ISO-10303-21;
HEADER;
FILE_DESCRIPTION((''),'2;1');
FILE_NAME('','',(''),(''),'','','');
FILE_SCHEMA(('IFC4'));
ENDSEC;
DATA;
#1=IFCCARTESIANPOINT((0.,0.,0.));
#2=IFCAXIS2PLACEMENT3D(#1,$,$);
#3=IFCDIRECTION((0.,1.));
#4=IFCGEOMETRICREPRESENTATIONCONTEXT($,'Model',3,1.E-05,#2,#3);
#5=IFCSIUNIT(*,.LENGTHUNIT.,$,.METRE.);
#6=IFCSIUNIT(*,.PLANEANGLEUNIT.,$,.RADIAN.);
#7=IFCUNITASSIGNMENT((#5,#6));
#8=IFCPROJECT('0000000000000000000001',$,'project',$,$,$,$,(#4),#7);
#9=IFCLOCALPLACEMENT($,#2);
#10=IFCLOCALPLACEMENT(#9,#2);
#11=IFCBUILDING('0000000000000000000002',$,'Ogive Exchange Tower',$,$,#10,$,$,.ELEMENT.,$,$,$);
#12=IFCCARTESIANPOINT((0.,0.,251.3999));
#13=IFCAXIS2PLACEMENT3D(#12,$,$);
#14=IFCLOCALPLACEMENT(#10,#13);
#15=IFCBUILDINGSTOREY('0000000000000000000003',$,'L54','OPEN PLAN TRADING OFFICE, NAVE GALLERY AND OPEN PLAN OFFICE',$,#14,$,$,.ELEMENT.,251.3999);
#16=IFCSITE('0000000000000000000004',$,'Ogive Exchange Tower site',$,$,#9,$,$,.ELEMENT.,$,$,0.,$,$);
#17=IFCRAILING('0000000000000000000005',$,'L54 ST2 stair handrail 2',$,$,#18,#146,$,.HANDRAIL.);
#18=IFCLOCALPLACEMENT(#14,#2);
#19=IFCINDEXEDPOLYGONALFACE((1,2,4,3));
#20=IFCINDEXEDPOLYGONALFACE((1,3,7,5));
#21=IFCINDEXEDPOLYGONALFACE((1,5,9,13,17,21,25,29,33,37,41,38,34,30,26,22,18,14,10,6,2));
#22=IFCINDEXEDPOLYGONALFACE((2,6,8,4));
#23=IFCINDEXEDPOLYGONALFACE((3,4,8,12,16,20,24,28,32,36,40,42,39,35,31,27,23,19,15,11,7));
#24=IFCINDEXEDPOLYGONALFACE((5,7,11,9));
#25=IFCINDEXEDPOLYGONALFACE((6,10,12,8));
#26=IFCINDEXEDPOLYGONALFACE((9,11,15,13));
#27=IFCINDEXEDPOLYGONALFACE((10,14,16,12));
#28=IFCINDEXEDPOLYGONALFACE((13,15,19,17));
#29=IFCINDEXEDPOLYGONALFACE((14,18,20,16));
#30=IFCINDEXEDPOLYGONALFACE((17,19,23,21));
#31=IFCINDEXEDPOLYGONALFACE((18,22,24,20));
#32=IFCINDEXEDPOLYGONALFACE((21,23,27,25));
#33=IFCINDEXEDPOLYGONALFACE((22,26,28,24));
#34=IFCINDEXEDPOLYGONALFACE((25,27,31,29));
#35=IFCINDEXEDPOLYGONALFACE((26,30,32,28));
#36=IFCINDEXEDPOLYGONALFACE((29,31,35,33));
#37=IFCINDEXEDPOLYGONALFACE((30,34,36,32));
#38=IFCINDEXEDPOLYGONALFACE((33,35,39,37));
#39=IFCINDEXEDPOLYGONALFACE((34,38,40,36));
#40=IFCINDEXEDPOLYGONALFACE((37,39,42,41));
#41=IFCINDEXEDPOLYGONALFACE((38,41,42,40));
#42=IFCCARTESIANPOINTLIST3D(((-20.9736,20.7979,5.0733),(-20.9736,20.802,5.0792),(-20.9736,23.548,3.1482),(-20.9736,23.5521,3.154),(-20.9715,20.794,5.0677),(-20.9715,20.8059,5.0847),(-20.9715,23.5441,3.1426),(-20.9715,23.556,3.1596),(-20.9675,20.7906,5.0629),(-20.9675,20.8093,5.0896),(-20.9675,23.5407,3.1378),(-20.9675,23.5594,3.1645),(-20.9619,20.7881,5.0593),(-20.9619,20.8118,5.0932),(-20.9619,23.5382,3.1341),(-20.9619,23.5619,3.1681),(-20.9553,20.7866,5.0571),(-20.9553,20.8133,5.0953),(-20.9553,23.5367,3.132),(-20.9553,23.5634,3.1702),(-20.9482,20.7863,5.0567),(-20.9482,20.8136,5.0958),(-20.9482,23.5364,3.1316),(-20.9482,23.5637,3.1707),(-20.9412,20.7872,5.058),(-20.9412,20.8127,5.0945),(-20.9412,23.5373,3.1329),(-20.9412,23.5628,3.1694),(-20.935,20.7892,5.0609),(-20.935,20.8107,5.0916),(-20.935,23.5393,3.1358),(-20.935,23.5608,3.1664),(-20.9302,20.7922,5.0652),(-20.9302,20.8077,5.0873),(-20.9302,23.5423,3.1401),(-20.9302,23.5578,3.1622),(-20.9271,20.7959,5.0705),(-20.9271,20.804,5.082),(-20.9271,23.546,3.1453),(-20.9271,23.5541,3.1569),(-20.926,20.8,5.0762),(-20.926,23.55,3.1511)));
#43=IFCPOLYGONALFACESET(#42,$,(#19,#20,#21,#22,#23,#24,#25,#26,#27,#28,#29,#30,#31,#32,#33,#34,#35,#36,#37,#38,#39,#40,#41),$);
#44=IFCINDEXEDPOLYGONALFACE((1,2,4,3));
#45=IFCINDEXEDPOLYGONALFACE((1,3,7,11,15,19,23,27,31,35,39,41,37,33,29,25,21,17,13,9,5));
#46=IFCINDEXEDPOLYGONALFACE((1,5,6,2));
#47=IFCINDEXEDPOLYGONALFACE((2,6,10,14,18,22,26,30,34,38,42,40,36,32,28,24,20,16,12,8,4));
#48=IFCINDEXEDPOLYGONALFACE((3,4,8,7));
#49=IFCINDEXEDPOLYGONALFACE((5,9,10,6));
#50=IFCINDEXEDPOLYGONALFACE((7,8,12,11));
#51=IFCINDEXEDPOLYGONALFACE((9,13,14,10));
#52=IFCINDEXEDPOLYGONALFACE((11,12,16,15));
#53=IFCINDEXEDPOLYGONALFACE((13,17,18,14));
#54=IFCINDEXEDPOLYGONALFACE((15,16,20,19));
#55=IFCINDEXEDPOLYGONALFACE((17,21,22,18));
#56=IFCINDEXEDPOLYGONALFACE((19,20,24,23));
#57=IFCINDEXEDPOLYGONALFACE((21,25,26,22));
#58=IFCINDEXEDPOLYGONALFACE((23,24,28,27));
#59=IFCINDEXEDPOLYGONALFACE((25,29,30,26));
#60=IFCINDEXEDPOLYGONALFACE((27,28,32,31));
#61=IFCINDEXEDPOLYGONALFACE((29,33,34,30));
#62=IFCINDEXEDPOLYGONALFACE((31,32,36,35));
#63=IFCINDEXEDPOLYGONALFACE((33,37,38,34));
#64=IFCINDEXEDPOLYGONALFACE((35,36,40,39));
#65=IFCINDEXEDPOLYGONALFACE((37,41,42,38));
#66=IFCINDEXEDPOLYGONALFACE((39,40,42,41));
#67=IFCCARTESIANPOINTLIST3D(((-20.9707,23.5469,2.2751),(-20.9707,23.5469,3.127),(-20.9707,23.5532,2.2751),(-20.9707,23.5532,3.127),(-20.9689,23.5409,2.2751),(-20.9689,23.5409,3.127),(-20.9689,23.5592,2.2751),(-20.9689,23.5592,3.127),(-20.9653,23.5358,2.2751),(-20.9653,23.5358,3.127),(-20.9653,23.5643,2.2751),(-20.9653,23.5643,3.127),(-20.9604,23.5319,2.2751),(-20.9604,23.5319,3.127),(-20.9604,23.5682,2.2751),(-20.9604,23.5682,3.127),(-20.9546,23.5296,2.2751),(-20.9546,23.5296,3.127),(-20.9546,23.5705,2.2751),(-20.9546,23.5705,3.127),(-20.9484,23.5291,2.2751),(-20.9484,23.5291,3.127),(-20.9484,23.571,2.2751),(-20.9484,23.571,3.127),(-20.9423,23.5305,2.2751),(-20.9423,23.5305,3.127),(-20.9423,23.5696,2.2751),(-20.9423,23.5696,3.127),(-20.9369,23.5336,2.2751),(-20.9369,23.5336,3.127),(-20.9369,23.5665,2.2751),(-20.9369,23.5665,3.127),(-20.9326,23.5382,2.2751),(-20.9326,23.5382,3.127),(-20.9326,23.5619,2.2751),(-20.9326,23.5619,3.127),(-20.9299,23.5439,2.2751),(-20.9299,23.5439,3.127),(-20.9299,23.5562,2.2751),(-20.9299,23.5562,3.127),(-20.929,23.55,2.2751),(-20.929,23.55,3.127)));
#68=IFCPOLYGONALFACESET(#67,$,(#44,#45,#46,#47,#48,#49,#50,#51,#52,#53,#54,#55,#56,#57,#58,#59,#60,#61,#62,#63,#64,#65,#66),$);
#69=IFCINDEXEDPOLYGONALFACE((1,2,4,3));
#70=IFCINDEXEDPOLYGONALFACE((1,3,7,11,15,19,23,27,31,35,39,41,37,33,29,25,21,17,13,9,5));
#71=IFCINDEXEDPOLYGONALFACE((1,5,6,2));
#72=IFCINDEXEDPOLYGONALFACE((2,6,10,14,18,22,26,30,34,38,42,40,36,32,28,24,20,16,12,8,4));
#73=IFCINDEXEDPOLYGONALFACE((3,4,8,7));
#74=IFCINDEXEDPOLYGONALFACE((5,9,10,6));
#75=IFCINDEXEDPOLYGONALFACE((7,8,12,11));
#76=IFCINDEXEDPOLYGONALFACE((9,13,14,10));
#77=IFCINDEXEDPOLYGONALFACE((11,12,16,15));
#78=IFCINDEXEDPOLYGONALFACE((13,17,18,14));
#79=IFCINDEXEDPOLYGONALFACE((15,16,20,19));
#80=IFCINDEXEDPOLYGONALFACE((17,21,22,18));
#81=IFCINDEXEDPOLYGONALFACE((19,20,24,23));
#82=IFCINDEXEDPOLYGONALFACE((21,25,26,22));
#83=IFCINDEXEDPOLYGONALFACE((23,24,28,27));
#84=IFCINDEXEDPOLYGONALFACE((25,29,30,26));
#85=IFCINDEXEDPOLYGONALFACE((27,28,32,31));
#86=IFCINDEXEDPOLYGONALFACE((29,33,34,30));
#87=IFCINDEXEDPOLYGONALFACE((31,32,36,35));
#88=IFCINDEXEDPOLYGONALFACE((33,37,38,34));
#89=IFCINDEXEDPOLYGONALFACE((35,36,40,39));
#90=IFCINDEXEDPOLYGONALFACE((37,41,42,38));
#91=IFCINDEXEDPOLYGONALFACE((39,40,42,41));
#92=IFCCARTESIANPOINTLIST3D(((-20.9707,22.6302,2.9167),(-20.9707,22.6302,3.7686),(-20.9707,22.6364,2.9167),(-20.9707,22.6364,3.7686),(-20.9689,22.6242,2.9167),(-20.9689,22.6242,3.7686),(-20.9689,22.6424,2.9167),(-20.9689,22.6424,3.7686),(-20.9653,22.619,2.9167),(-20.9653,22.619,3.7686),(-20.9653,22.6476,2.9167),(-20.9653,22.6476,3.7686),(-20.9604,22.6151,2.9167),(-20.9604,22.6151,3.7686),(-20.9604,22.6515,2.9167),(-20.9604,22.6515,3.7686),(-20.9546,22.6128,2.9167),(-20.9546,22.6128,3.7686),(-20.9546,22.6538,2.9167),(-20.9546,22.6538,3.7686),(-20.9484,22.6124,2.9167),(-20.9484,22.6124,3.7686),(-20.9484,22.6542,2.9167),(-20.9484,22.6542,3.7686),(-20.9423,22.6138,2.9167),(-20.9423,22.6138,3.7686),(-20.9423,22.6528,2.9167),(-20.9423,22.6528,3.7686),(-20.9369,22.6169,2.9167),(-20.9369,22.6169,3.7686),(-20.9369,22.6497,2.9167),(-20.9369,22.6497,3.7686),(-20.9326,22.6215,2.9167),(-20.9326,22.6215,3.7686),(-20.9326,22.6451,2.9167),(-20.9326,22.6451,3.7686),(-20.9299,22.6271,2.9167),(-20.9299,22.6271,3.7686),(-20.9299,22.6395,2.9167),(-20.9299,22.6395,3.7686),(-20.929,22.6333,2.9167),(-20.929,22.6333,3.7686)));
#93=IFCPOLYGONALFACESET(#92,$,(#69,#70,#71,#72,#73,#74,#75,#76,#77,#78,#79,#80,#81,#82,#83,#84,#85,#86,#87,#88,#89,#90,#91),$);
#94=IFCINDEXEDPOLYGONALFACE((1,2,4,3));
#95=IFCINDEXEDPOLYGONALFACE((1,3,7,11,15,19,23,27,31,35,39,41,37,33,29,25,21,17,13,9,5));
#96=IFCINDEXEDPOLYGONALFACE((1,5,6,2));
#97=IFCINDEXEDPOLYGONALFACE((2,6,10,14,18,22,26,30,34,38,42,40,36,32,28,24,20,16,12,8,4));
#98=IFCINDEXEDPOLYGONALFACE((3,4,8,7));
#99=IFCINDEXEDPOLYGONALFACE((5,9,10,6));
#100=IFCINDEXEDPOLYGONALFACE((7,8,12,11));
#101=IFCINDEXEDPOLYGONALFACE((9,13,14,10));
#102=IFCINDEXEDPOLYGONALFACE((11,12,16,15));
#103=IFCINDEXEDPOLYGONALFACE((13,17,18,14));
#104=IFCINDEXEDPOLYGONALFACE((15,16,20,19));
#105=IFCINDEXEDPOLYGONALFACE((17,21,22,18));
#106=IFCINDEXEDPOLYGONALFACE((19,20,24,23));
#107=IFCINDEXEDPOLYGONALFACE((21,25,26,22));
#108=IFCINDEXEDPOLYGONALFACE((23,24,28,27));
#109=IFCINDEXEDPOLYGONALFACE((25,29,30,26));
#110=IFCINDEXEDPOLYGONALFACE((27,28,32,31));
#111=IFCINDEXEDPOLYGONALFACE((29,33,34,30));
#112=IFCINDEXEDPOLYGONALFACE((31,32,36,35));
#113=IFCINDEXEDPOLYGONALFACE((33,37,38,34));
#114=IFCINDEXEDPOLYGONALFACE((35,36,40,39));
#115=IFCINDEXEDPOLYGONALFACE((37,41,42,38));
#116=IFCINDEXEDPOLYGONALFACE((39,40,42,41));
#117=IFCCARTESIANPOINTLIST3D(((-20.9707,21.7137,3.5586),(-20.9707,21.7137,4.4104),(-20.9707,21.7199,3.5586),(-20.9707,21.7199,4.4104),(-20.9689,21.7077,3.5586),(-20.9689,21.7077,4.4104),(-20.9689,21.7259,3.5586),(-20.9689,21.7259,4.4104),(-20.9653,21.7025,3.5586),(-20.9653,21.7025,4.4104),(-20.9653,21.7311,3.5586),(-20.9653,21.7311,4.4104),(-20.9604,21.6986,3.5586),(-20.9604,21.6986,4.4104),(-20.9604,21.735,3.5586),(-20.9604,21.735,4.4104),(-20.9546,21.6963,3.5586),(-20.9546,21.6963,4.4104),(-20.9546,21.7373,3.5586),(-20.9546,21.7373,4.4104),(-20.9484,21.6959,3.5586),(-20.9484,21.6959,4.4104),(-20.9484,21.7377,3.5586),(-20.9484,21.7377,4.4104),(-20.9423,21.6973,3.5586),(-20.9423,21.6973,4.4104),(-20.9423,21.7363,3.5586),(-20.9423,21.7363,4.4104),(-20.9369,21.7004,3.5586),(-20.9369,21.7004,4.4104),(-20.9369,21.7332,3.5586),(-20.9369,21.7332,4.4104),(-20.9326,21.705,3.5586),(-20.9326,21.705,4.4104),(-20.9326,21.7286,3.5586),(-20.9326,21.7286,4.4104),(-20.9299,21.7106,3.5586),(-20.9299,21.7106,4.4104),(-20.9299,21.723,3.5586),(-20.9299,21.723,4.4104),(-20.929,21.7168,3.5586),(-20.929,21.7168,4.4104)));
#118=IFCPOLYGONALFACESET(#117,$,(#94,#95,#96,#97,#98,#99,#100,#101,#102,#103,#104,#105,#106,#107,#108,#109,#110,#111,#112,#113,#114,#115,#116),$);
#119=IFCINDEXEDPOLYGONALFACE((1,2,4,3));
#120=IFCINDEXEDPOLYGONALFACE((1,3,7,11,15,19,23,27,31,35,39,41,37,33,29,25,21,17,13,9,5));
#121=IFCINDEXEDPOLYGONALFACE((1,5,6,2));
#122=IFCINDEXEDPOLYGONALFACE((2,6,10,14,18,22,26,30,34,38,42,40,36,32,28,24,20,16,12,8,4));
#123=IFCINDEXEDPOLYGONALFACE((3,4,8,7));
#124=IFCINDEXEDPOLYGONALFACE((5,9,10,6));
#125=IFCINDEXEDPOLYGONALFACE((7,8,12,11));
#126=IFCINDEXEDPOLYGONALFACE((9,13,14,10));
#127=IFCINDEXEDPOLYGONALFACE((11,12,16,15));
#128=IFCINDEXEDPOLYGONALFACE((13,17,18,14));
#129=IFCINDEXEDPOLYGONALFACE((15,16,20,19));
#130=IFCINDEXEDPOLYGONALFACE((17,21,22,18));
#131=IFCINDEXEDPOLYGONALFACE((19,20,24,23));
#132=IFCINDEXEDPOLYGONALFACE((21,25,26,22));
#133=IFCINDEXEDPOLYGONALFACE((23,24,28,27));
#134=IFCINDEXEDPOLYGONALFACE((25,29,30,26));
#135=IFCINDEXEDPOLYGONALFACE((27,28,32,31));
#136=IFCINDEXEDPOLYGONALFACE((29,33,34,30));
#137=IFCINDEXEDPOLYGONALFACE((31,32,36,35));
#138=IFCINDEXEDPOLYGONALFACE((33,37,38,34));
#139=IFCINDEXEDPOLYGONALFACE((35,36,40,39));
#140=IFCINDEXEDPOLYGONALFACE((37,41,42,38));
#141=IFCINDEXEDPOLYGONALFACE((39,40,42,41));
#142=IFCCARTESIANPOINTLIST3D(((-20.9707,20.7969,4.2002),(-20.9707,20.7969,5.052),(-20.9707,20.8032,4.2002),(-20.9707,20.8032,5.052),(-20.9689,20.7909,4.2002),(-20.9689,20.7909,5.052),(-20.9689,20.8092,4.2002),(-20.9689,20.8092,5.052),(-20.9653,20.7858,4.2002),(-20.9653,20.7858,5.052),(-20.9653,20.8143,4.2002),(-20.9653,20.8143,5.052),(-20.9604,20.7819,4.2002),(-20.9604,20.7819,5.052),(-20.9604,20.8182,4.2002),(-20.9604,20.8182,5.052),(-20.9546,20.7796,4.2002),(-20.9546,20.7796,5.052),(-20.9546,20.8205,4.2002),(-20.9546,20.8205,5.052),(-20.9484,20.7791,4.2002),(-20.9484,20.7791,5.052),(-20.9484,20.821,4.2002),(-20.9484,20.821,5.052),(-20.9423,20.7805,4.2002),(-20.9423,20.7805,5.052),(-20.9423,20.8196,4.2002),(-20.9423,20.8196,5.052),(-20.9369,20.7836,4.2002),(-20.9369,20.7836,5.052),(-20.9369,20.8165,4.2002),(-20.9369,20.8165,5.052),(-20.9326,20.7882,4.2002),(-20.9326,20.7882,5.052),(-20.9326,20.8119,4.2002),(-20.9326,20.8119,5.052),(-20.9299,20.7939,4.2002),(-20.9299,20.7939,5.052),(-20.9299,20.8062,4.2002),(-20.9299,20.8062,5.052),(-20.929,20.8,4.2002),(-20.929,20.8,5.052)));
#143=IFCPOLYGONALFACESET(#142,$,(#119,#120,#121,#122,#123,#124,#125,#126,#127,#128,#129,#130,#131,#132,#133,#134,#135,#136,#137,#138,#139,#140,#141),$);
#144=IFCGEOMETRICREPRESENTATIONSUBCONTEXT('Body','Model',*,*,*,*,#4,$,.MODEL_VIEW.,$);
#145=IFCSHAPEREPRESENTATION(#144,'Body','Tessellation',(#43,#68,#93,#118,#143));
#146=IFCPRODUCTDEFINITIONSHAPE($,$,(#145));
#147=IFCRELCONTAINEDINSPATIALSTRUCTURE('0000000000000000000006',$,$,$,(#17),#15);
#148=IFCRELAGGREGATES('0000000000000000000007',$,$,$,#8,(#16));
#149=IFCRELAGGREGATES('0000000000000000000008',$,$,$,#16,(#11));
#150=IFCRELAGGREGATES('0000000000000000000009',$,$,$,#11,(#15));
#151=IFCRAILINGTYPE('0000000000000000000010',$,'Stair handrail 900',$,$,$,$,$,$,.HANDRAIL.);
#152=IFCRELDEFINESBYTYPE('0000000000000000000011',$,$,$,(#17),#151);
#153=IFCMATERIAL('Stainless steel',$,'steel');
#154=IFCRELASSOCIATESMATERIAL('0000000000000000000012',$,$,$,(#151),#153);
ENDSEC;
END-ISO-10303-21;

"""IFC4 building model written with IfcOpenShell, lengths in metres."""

from ifc_helpers import new_model, si_unit, direction, frame, origin, origin_2d, place, context, subcontext, project, spatial, circle, extrude, material, type_object, element, save


model = new_model("IFC4")

# Units and contexts
model_context = context("Model", 3, precision=1e-05, world=origin(), true_north=direction((0.0, 1.0)))
body_context = subcontext(model_context, "Body", "Model", "MODEL_VIEW")
ifc_project = project(units=[si_unit("LENGTHUNIT", "METRE"), si_unit("PLANEANGLEUNIT", "RADIAN")], contexts=[model_context])

# Site, building, storey
site_placement = place(None, origin())
site = spatial("IfcSite", under=ifc_project, at=site_placement, Name="Ogive Exchange Tower site", CompositionType="ELEMENT", RefElevation=0.0)
building_placement = place(site_placement, origin())
building = spatial("IfcBuilding", under=site, at=building_placement, Name="Ogive Exchange Tower", CompositionType="ELEMENT")
storey_placement = place(building_placement, frame((0.0, 0.0, 251.3999)))
storey = spatial("IfcBuildingStorey", under=building, at=storey_placement, Name="L54", Description="OPEN PLAN TRADING OFFICE, NAVE GALLERY AND OPEN PLAN OFFICE", CompositionType="ELEMENT", Elevation=251.3999)

# Railing
ifc_material_1 = material(Name="Stainless steel", Category="steel")
railing_type = type_object("IfcRailingType", Name="Stair handrail 900", PredefinedType="HANDRAIL", material=ifc_material_1)
railing_placement = place(storey_placement, frame((-20.95, 23.55, 2.2751)))
element("IfcRailing", 1, at=railing_placement, inside=storey, type_object=railing_type, Name="L54 ST2 stair handrail 2", PredefinedType="HANDRAIL", context=body_context, shape_type="SweptSolid", body=[
    extrude(circle(Radius=0.0239, at=origin_2d()), frame((0.0, 0.0, 0.876), z_axis=(0.0, -0.819225, 0.573472), x_axis=(1.0, 0.0, 0.0)), (0.0, 0.0, 1.0), 3.3569),
    extrude(circle(Radius=0.021, at=origin_2d()), origin(), (0.0, 0.0, 1.0), 0.8518),
    extrude(circle(Radius=0.021, at=origin_2d()), frame((0.0, -0.9167, 0.6416)), (0.0, 0.0, 1.0), 0.8518),
    extrude(circle(Radius=0.021, at=origin_2d()), frame((0.0, -1.8333, 1.2834)), (0.0, 0.0, 1.0), 0.8518),
    extrude(circle(Radius=0.021, at=origin_2d()), frame((0.0, -2.75, 1.925)), (0.0, 0.0, 1.0), 0.8518),
])

save(model, "model.ifc")
